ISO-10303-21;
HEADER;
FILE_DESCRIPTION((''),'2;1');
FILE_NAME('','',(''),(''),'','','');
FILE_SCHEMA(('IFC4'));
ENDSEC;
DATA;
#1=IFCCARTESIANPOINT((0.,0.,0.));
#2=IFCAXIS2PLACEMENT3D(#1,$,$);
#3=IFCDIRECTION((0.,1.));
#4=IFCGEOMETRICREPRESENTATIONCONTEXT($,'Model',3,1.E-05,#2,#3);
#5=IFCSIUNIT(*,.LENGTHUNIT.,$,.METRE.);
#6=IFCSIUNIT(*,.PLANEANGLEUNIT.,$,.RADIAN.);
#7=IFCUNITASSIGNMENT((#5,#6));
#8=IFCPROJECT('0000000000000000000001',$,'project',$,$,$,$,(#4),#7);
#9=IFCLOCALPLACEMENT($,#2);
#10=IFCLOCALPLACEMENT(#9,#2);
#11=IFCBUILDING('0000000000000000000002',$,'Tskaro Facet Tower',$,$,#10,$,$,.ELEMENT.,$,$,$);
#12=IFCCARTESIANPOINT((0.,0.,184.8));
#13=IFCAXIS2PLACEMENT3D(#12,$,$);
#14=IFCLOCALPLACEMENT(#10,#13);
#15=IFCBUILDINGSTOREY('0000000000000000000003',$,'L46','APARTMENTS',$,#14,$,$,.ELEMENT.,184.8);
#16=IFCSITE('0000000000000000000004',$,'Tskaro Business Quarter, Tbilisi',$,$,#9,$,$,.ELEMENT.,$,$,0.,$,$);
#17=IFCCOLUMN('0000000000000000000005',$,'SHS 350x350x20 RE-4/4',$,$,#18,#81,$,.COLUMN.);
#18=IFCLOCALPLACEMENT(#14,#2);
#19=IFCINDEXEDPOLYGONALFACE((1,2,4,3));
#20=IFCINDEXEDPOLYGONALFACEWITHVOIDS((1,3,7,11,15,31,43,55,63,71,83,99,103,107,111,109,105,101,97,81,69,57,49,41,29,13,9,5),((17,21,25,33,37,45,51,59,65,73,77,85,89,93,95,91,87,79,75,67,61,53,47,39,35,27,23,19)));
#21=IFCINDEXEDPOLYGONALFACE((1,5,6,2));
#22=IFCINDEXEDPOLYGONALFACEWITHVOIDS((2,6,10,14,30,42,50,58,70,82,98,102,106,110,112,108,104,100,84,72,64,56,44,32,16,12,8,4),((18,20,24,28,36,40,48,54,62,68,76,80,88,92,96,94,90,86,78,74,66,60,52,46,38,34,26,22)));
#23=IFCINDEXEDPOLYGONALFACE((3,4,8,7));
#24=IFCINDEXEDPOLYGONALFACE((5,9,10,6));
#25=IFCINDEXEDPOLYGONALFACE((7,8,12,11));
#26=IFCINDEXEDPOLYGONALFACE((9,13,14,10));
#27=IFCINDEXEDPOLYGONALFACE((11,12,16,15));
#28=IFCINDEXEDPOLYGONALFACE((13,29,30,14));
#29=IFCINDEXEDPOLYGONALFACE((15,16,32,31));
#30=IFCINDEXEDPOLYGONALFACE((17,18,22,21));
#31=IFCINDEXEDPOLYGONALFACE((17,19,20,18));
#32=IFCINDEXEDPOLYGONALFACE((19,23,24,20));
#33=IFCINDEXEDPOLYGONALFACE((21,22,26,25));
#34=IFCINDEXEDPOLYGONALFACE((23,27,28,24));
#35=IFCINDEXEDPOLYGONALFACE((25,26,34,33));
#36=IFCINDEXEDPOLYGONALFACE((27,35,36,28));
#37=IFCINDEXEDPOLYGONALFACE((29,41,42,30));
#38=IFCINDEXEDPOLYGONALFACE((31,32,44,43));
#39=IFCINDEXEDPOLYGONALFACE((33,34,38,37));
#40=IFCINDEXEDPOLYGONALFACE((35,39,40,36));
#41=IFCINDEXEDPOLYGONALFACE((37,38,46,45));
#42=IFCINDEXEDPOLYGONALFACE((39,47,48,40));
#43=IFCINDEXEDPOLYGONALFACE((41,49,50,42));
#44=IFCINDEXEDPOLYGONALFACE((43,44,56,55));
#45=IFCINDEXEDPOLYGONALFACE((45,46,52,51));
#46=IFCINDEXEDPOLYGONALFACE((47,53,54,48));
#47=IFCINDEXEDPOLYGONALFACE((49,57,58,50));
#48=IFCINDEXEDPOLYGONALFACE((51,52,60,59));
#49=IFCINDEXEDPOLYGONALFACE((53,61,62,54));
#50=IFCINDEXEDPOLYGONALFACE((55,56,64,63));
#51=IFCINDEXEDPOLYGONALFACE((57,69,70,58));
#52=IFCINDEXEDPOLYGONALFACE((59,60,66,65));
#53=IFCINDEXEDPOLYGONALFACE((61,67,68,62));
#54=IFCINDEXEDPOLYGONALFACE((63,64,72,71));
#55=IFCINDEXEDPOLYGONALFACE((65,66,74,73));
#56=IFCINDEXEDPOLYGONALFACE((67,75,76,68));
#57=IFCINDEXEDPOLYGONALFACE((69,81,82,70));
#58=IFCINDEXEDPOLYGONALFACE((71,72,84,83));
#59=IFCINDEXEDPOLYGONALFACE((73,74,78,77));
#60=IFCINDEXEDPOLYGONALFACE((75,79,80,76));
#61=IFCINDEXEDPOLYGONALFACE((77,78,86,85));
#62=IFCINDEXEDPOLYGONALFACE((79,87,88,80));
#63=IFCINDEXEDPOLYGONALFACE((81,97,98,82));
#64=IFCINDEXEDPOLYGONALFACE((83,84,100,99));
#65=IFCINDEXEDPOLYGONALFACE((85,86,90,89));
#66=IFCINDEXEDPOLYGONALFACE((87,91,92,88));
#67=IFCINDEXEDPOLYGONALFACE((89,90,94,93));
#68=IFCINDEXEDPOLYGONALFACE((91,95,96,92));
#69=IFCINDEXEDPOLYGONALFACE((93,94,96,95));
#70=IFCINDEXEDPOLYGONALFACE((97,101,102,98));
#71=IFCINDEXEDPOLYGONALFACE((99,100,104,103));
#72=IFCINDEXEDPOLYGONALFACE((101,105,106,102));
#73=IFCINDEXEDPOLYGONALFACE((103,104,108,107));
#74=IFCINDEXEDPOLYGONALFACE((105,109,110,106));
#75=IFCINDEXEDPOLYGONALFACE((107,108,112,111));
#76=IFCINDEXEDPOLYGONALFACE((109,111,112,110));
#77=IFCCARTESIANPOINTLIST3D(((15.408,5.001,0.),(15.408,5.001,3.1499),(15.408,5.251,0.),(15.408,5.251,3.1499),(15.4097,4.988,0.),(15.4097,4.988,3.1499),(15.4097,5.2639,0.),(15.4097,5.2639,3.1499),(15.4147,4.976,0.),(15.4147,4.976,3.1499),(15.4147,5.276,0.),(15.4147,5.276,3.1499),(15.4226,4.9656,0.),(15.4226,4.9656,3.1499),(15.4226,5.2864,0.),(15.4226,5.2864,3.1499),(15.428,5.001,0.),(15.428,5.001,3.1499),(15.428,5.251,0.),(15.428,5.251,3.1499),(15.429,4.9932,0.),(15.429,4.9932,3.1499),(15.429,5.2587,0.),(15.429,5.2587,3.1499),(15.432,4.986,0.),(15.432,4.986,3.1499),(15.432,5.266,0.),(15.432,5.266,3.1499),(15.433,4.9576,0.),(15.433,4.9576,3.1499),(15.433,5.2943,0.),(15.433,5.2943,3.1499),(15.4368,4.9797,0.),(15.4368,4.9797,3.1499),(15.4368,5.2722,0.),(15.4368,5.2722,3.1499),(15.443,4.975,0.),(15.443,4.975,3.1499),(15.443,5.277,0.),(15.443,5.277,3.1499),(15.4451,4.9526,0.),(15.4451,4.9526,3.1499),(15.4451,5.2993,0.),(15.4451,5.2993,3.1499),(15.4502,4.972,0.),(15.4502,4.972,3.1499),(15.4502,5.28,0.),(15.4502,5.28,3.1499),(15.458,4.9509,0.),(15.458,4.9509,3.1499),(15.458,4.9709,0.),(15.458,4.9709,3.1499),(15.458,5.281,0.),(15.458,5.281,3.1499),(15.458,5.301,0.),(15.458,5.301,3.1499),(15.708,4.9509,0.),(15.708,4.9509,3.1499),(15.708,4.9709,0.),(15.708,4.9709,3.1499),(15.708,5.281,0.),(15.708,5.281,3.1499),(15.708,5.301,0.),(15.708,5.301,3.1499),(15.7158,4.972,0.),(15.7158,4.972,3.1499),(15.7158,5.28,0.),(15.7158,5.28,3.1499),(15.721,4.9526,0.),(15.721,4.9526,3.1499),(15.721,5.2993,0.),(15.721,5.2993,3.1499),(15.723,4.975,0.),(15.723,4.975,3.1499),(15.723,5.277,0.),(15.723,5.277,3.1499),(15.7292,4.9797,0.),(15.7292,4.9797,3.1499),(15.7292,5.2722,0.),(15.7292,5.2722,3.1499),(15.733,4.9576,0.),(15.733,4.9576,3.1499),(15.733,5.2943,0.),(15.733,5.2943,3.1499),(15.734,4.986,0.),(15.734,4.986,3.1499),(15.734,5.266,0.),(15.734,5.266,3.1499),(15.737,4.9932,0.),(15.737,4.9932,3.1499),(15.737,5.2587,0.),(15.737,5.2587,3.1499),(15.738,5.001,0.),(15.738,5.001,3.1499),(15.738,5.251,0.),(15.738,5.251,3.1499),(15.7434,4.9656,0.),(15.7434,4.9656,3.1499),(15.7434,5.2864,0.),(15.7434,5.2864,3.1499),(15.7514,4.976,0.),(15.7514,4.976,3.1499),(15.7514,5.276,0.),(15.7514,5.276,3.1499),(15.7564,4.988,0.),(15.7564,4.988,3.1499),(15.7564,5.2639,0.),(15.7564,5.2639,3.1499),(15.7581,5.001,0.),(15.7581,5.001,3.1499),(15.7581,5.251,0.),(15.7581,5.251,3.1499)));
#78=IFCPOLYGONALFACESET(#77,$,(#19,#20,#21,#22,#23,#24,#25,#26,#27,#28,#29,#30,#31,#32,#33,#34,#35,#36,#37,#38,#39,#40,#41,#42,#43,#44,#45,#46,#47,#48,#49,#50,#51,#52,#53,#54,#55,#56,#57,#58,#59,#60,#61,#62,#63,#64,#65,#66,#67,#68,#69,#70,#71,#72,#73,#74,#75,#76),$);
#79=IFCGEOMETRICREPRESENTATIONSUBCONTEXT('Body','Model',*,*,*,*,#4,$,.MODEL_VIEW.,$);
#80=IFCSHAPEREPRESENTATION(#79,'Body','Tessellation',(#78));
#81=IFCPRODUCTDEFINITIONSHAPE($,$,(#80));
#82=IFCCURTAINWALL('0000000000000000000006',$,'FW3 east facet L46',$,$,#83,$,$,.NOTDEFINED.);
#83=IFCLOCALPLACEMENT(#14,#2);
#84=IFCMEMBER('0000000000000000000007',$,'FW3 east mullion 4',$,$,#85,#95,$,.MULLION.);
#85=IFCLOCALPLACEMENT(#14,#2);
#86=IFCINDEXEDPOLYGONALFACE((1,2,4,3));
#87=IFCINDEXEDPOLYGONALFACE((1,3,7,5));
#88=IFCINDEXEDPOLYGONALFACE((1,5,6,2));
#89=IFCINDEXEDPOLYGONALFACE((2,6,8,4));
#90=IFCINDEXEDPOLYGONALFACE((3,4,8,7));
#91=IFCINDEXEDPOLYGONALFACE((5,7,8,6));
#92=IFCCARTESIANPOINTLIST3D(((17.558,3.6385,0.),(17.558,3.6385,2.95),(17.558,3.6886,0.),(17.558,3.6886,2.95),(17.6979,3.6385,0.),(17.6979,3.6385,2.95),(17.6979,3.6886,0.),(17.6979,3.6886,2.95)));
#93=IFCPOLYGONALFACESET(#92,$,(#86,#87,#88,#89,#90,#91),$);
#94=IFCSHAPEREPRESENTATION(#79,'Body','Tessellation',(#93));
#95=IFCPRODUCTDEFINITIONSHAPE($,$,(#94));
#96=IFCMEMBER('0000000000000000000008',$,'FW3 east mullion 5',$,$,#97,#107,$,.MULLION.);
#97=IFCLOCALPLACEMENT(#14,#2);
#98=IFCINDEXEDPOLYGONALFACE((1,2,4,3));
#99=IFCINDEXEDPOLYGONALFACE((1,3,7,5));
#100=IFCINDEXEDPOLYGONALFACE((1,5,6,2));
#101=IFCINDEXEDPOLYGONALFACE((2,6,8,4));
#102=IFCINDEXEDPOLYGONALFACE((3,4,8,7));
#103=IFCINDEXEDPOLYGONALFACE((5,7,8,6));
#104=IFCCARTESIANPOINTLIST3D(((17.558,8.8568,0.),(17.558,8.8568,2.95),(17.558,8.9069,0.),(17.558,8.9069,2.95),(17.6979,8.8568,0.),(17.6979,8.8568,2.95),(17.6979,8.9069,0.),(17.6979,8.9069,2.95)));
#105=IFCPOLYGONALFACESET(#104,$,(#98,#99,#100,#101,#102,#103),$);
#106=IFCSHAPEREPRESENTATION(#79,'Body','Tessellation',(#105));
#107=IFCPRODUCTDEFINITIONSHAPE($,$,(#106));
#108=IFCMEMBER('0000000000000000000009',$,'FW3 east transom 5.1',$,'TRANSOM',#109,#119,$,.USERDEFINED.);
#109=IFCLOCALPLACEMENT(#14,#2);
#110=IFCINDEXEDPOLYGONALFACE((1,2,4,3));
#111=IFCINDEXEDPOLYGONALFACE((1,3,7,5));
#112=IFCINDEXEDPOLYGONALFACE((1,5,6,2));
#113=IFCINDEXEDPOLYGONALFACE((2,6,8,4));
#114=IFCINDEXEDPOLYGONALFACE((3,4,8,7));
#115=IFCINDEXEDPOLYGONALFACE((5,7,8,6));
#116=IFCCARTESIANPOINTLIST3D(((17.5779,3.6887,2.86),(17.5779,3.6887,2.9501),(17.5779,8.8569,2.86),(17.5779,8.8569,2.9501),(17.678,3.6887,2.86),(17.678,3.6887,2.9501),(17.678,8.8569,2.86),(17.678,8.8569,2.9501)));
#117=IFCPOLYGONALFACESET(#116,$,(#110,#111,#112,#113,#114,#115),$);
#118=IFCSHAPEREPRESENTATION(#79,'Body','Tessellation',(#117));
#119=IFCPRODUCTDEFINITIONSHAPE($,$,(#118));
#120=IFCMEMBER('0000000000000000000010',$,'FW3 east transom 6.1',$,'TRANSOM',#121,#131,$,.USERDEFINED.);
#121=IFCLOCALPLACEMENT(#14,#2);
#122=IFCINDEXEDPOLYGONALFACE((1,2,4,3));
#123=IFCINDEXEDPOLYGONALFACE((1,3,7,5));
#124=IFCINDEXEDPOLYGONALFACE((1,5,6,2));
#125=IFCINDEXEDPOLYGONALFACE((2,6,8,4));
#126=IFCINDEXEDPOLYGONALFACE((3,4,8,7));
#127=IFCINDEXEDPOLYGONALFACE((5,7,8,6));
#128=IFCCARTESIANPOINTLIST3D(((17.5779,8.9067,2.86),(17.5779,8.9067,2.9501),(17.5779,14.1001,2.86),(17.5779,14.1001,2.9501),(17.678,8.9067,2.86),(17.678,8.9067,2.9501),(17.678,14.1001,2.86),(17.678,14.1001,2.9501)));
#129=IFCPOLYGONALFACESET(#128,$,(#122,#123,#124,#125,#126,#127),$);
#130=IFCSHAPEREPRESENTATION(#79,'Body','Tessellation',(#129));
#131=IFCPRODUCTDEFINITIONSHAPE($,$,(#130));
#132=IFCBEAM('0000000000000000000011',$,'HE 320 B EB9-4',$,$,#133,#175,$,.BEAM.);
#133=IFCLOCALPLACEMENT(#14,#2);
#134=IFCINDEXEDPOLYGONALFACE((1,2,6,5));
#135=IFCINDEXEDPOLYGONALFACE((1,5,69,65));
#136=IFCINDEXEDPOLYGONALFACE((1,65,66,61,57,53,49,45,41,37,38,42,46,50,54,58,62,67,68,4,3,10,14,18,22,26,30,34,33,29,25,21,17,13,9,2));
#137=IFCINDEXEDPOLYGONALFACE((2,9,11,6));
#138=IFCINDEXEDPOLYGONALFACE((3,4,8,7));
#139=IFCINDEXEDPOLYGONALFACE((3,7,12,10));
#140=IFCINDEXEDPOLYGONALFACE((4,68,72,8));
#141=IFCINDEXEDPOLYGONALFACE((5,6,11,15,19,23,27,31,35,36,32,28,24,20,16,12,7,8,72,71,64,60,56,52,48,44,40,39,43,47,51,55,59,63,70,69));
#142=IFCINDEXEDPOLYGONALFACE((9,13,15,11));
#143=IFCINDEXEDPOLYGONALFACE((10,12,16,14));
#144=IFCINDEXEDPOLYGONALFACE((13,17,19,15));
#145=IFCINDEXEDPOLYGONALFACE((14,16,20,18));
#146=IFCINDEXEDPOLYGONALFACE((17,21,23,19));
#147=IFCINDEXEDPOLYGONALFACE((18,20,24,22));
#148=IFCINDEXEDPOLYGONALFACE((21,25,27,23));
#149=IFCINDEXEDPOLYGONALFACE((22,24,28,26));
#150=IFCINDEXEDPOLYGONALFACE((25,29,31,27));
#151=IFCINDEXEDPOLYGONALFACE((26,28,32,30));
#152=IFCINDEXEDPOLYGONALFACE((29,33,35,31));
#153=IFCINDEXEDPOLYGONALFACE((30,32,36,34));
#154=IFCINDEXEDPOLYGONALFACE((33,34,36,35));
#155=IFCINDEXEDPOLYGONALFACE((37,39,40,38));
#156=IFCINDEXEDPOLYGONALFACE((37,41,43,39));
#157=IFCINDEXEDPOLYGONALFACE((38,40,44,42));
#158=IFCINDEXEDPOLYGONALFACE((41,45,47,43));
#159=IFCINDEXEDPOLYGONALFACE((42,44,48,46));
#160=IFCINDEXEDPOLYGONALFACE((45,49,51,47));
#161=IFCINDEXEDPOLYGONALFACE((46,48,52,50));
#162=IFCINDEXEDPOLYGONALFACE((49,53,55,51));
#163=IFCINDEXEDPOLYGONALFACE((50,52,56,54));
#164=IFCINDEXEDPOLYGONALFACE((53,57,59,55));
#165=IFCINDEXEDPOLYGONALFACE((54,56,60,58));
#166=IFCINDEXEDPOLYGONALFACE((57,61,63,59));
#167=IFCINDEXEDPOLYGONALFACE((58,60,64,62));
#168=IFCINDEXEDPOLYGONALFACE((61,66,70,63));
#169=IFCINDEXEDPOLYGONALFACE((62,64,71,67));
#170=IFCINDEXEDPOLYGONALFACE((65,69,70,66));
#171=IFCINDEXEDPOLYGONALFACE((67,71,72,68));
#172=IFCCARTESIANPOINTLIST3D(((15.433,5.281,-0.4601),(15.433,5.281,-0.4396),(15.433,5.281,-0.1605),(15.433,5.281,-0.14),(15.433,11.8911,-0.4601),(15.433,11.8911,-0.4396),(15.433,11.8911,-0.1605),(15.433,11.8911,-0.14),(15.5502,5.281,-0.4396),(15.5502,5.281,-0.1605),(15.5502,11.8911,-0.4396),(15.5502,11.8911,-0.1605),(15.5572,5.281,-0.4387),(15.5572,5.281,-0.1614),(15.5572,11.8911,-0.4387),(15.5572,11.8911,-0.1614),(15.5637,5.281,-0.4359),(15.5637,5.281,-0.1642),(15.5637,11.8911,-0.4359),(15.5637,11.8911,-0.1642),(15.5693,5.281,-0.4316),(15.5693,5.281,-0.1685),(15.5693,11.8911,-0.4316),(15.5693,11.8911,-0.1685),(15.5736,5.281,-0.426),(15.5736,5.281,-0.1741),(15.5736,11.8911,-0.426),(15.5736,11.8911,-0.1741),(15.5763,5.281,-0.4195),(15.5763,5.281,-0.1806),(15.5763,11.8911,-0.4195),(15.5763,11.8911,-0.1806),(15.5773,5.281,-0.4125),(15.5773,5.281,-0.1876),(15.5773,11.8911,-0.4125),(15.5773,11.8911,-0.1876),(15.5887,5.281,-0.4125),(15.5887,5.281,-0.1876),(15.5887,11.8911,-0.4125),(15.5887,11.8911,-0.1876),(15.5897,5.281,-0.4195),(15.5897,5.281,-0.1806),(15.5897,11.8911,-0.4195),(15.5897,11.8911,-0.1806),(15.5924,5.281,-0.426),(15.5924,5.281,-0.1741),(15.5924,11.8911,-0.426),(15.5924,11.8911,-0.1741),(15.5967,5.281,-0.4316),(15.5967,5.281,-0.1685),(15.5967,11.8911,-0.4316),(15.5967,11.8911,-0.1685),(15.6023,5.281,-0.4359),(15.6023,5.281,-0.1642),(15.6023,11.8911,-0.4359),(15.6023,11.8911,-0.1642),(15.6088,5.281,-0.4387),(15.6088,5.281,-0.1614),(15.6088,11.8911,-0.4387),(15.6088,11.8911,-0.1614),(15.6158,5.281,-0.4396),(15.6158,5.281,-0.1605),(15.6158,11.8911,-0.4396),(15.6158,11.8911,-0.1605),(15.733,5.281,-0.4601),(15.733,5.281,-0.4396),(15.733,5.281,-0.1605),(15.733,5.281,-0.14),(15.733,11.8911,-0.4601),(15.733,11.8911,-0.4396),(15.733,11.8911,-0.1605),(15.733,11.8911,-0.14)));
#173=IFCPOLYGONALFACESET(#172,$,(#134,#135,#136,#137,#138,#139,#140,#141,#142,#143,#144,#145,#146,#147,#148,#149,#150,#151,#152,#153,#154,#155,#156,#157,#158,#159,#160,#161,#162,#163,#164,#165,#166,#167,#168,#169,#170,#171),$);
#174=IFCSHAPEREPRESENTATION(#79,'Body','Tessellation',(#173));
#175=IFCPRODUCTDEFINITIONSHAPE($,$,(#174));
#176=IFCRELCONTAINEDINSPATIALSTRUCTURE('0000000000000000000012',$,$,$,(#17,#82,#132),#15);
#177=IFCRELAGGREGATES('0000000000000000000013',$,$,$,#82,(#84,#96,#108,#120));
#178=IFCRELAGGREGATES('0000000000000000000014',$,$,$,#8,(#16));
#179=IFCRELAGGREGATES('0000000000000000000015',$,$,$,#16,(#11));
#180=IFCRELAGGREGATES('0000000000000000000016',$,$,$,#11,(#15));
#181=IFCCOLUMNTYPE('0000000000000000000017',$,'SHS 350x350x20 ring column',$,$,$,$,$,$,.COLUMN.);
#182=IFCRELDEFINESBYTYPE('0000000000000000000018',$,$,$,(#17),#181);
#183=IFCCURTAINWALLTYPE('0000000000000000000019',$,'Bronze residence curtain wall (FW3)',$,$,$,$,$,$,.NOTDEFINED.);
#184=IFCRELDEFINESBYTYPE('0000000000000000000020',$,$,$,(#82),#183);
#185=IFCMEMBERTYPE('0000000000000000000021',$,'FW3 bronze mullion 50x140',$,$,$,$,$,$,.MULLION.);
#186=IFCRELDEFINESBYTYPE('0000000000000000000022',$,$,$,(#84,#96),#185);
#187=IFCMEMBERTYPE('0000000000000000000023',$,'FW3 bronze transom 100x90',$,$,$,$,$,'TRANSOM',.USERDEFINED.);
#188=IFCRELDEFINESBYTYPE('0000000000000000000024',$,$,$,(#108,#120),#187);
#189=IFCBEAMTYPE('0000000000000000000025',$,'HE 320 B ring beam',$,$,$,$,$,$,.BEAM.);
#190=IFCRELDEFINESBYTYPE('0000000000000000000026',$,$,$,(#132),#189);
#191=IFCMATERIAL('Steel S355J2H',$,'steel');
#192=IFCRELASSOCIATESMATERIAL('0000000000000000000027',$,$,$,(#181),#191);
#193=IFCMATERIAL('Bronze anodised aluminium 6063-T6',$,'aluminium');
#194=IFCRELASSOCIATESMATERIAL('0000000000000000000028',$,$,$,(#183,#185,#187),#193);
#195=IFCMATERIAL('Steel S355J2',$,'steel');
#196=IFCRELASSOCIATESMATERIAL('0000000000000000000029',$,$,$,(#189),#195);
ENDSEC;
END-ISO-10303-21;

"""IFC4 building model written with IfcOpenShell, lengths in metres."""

from ifc_helpers import new_model, si_unit, direction, frame, origin, origin_2d, place, context, subcontext, project, spatial, rectangle, hollow_rectangle, i_section, extrude, material, material_profile, profile_set, type_object, element, aggregate, save


model = new_model("IFC4")

# Units and contexts
model_context = context("Model", 3, precision=1e-05, world=origin(), true_north=direction((0.0, 1.0)))
body_context = subcontext(model_context, "Body", "Model", "MODEL_VIEW")
ifc_project = project(units=[si_unit("LENGTHUNIT", "METRE"), si_unit("PLANEANGLEUNIT", "RADIAN")], contexts=[model_context])

# Site, building, storey
site_placement = place(None, origin())
site = spatial("IfcSite", under=ifc_project, at=site_placement, Name="Tskaro Business Quarter, Tbilisi", CompositionType="ELEMENT", RefElevation=0.0)
building_placement = place(site_placement, origin())
building = spatial("IfcBuilding", under=site, at=building_placement, Name="Tskaro Facet Tower", CompositionType="ELEMENT")
storey_placement = place(building_placement, frame((0.0, 0.0, 184.8)))
storey = spatial("IfcBuildingStorey", under=building, at=storey_placement, Name="L46", Description="APARTMENTS", CompositionType="ELEMENT", Elevation=184.8)

# Column
ifc_material_1 = material(Name="Steel S355J2H", Category="steel")
ifc_material_profile_1 = material_profile(ifc_material_1, hollow_rectangle(XDim=0.3501, YDim=0.3501, WallThickness=0.02, InnerFilletRadius=0.03, OuterFilletRadius=0.05, at=origin_2d()), Name="SHS 350x350x20")
ifc_profile_set_1 = profile_set([ifc_material_profile_1], Name="Steel S355J2H")
column_type = type_object("IfcColumnType", Name="SHS 350x350x20 ring column", PredefinedType="COLUMN", material=ifc_profile_set_1)
column_placement = place(storey_placement, frame((15.583, 5.126, 0.0), z_axis=(0.0, 0.0, 1.0), x_axis=(1.0, 0.0, 0.0)))
element("IfcColumn", 1, at=column_placement, inside=storey, type_object=column_type, Name="SHS 350x350x20 RE-4/4", PredefinedType="COLUMN", context=body_context, shape_type="SweptSolid", body=[
    extrude(hollow_rectangle(XDim=0.3501, YDim=0.3501, WallThickness=0.02, InnerFilletRadius=0.03, OuterFilletRadius=0.05, at=origin_2d()), origin(), (0.0, 0.0, 1.0), 3.1499),
])

# Curtain wall, members
ifc_material_2 = material(Name="Bronze anodised aluminium 6063-T6", Category="aluminium")
curtain_wall_type = type_object("IfcCurtainWallType", Name="Bronze residence curtain wall (FW3)", PredefinedType="NOTDEFINED", material=ifc_material_2)
curtain_wall_placement = place(storey_placement, origin())
curtain_wall = element("IfcCurtainWall", 2, at=curtain_wall_placement, inside=storey, type_object=curtain_wall_type, Name="FW3 east facet L46", PredefinedType="NOTDEFINED")
ifc_material_profile_2 = material_profile(ifc_material_2, rectangle(XDim=0.05, YDim=0.1399, at=origin_2d()), Name="Mullion 50x140")
ifc_profile_set_2 = profile_set([ifc_material_profile_2], Name="Bronze anodised aluminium 6063-T6")
member_type_1 = type_object("IfcMemberType", Name="FW3 bronze mullion 50x140", PredefinedType="MULLION", material=ifc_profile_set_2)
member_1_placement = place(storey_placement, frame((17.6279, 3.6636, 0.0), z_axis=(0.0, 0.0, 1.0), x_axis=(0.0, 1.0, 0.0)))
member_1 = element("IfcMember", 3, at=member_1_placement, type_object=member_type_1, Name="FW3 east mullion 4", PredefinedType="MULLION", context=body_context, shape_type="SweptSolid", body=[
    extrude(rectangle(XDim=0.05, YDim=0.1399, at=origin_2d()), origin(), (0.0, 0.0, 1.0), 2.95),
])
member_2_placement = place(storey_placement, frame((17.6279, 8.8818, 0.0), z_axis=(0.0, 0.0, 1.0), x_axis=(0.0, 1.0, 0.0)))
member_2 = element("IfcMember", 4, at=member_2_placement, type_object=member_type_1, Name="FW3 east mullion 5", PredefinedType="MULLION", context=body_context, shape_type="SweptSolid", body=[
    extrude(rectangle(XDim=0.05, YDim=0.1399, at=origin_2d()), origin(), (0.0, 0.0, 1.0), 2.95),
])
ifc_material_profile_3 = material_profile(ifc_material_2, rectangle(XDim=0.1001, YDim=0.0901, at=origin_2d()), Name="Transom 100x90")
ifc_profile_set_3 = profile_set([ifc_material_profile_3], Name="Bronze anodised aluminium 6063-T6")
member_type_2 = type_object("IfcMemberType", Name="FW3 bronze transom 100x90", ElementType="TRANSOM", PredefinedType="USERDEFINED", material=ifc_profile_set_3)
member_3_placement = place(storey_placement, frame((17.6279, 3.6887, 2.905), z_axis=(0.0, 1.0, 0.0), x_axis=(-1.0, 0.0, 0.0)))
member_3 = element("IfcMember", 5, at=member_3_placement, type_object=member_type_2, Name="FW3 east transom 5.1", ObjectType="TRANSOM", PredefinedType="USERDEFINED", context=body_context, shape_type="SweptSolid", body=[
    extrude(rectangle(XDim=0.1001, YDim=0.0901, at=origin_2d()), origin(), (0.0, 0.0, 1.0), 5.1682),
])
member_4_placement = place(storey_placement, frame((17.6279, 8.9067, 2.905), z_axis=(0.0, 1.0, 0.0), x_axis=(-1.0, 0.0, 0.0)))
member_4 = element("IfcMember", 6, at=member_4_placement, type_object=member_type_2, Name="FW3 east transom 6.1", ObjectType="TRANSOM", PredefinedType="USERDEFINED", context=body_context, shape_type="SweptSolid", body=[
    extrude(rectangle(XDim=0.1001, YDim=0.0901, at=origin_2d()), origin(), (0.0, 0.0, 1.0), 5.1934),
])

# Beam
ifc_material_3 = material(Name="Steel S355J2", Category="steel")
ifc_material_profile_4 = material_profile(ifc_material_3, i_section(OverallWidth=0.3, OverallDepth=0.3201, WebThickness=0.0115, FlangeThickness=0.0205, FilletRadius=0.0271, at=origin_2d()), Name="HE 320 B")
ifc_profile_set_4 = profile_set([ifc_material_profile_4], Name="Steel S355J2")
beam_type_1 = type_object("IfcBeamType", Name="HE 320 B ring beam", PredefinedType="BEAM", material=ifc_profile_set_4)
beam_1_placement = place(storey_placement, frame((15.583, 5.281, -0.3), z_axis=(0.0, 1.0, 0.0), x_axis=(-1.0, 0.0, 0.0)))
element("IfcBeam", 7, at=beam_1_placement, inside=storey, type_object=beam_type_1, Name="HE 320 B EB9-4", PredefinedType="BEAM", context=body_context, shape_type="SweptSolid", body=[
    extrude(i_section(OverallWidth=0.3, OverallDepth=0.3201, WebThickness=0.0115, FlangeThickness=0.0205, FilletRadius=0.0271, at=origin_2d()), origin(), (0.0, 0.0, 1.0), 6.6101),
])

aggregate(curtain_wall, [member_1, member_2, member_3, member_4])

save(model, "model.ifc")
